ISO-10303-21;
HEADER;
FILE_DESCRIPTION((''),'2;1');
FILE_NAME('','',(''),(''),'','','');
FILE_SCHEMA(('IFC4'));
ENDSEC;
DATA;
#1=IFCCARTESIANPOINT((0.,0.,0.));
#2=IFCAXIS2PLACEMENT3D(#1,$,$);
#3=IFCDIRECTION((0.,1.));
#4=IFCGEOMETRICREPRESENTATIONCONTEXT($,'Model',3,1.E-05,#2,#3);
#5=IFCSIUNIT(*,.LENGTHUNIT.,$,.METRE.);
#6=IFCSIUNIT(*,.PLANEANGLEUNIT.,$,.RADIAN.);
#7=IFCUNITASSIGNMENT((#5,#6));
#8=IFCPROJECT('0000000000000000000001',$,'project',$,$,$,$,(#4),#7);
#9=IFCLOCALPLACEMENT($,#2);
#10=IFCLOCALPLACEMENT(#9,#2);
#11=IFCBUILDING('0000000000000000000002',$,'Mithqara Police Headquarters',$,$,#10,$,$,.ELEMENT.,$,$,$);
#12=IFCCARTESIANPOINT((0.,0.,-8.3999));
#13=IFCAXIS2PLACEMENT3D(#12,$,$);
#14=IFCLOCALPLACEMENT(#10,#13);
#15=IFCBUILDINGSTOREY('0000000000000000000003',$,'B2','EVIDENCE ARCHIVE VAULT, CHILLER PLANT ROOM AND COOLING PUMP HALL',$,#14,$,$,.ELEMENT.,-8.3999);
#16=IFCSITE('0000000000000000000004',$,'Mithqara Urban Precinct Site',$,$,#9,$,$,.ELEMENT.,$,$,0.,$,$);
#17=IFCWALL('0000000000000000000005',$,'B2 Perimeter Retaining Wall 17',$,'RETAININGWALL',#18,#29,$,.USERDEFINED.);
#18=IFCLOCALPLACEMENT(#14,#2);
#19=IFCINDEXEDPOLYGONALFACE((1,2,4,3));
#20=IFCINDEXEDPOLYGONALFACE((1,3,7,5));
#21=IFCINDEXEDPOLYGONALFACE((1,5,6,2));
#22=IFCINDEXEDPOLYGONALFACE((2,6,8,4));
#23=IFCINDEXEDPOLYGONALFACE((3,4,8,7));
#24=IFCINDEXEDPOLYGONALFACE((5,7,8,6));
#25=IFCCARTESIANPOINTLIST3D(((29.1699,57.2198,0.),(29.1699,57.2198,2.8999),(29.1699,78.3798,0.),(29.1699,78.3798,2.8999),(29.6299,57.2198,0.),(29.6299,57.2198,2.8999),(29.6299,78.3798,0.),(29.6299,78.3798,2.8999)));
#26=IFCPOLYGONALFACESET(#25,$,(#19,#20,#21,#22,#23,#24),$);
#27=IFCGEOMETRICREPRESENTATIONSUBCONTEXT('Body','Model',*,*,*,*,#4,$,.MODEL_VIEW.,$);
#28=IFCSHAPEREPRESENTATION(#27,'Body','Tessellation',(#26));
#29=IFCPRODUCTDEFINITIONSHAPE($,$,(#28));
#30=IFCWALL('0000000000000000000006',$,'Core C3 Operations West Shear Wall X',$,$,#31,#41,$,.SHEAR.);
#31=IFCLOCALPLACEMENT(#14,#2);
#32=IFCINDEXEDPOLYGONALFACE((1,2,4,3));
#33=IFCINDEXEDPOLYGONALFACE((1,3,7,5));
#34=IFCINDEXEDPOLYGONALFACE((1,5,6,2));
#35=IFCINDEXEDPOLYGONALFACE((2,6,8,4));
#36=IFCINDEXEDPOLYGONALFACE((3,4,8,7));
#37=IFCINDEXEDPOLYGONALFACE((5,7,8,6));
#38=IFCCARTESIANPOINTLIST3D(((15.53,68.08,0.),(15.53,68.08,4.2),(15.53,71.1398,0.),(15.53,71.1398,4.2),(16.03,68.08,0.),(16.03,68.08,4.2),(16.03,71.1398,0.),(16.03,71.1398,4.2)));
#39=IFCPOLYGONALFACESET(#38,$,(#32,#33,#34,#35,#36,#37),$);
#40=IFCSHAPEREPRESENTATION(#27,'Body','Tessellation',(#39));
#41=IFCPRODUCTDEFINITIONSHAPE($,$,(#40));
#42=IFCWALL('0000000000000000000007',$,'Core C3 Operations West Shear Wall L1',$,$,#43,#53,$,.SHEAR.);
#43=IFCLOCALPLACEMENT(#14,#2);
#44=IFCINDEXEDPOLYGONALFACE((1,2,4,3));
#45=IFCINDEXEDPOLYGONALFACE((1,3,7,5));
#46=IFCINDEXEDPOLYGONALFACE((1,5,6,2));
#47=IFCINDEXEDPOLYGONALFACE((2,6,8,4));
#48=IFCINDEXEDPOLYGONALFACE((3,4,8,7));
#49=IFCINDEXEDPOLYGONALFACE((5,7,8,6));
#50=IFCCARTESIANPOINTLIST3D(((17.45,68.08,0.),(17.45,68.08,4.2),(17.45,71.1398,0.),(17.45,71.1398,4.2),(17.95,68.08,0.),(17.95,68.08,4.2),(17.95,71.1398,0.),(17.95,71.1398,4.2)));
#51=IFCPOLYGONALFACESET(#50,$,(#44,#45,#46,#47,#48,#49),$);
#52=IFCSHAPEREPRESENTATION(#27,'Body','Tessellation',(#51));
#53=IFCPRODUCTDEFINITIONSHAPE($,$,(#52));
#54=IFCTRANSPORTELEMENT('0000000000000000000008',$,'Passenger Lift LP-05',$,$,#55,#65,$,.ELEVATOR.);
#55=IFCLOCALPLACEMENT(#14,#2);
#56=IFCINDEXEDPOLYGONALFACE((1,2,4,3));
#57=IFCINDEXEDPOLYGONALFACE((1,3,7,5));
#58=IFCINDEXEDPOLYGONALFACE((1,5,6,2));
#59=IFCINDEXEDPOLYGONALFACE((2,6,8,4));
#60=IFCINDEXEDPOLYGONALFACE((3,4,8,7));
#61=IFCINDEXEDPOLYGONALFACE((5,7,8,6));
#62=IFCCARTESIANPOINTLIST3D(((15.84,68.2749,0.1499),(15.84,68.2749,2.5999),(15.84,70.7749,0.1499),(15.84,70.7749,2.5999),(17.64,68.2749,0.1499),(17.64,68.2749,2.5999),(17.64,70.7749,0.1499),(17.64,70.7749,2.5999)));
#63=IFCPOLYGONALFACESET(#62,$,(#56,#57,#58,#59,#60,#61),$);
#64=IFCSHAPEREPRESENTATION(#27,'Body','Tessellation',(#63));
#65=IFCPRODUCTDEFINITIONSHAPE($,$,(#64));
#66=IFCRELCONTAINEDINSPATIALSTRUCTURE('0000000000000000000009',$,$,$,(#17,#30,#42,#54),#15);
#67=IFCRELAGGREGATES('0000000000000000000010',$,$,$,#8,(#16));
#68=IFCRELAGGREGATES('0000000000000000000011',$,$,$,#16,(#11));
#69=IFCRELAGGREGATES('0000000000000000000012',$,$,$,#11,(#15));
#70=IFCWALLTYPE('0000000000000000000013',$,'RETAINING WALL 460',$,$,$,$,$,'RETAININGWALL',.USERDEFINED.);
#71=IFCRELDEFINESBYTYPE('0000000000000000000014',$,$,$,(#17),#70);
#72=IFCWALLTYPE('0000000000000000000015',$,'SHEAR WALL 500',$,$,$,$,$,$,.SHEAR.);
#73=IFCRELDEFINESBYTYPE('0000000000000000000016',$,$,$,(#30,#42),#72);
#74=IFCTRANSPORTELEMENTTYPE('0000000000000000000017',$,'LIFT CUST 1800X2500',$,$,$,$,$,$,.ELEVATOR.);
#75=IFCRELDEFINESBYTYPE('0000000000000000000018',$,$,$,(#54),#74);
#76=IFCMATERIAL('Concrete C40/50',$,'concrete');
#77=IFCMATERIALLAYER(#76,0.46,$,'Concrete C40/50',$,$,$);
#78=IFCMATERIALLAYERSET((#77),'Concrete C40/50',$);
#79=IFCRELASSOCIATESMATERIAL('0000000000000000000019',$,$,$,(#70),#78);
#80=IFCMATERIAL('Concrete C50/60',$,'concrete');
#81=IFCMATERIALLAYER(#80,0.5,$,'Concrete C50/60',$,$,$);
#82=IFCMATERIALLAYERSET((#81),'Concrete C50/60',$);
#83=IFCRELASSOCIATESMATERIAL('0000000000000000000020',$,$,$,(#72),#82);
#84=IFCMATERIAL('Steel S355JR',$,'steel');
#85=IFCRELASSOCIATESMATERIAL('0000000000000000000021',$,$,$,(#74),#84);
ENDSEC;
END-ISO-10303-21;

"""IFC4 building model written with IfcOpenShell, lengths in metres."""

from ifc_helpers import new_model, si_unit, direction, frame, frame_2d, origin, origin_2d, place, context, subcontext, project, spatial, rectangle, extrude, material, layer, layer_set, type_object, element, save


model = new_model("IFC4")

# Units and contexts
model_context = context("Model", 3, precision=1e-05, world=origin(), true_north=direction((0.0, 1.0)))
body_context = subcontext(model_context, "Body", "Model", "MODEL_VIEW")
ifc_project = project(units=[si_unit("LENGTHUNIT", "METRE"), si_unit("PLANEANGLEUNIT", "RADIAN")], contexts=[model_context])

# Site, building, storey
site_placement = place(None, origin())
site = spatial("IfcSite", under=ifc_project, at=site_placement, Name="Mithqara Urban Precinct Site", CompositionType="ELEMENT", RefElevation=0.0)
building_placement = place(site_placement, origin())
building = spatial("IfcBuilding", under=site, at=building_placement, Name="Mithqara Police Headquarters", CompositionType="ELEMENT")
storey_placement = place(building_placement, frame((0.0, 0.0, -8.3999)))
storey = spatial("IfcBuildingStorey", under=building, at=storey_placement, Name="B2", Description="EVIDENCE ARCHIVE VAULT, CHILLER PLANT ROOM AND COOLING PUMP HALL", CompositionType="ELEMENT", Elevation=-8.3999)

# Shared definitions
ifc_material_1 = material(Name="Concrete C40/50", Category="concrete")

# Shared definitions
ifc_material_2 = material(Name="Concrete C50/60", Category="concrete")

# Shared definitions
ifc_material_3 = material(Name="Steel S355JR", Category="steel")

# Walls
ifc_layer_1 = layer(ifc_material_1, 0.46, Name="Concrete C40/50")
ifc_layer_set_1 = layer_set([ifc_layer_1], Name="Concrete C40/50")
wall_type_1 = type_object("IfcWallType", Name="RETAINING WALL 460", ElementType="RETAININGWALL", PredefinedType="USERDEFINED", material=ifc_layer_set_1)
wall_placement = place(storey_placement, frame((29.3999, 78.3799, 0.0), z_axis=(0.0, 0.0, 1.0), x_axis=(0.0, -1.0, 0.0)))
element("IfcWall", 1, at=wall_placement, inside=storey, type_object=wall_type_1, Name="B2 Perimeter Retaining Wall 17", ObjectType="RETAININGWALL", PredefinedType="USERDEFINED", context=body_context, shape_type="SweptSolid", body=[
    extrude(rectangle(XDim=21.1599, YDim=0.46, at=frame_2d((10.5801, 0.0))), origin(), (0.0, 0.0, 1.0), 2.8999),
])
ifc_layer_2 = layer(ifc_material_2, 0.5, Name="Concrete C50/60")
ifc_layer_set_2 = layer_set([ifc_layer_2], Name="Concrete C50/60")
wall_type_2 = type_object("IfcWallType", Name="SHEAR WALL 500", PredefinedType="SHEAR", material=ifc_layer_set_2)
for number, where, z_axis, x_axis, name in (
    (2, (15.78, 68.0801, 0.0), (0.0, 0.0, 1.0), (0.0, 1.0, 0.0), "Core C3 Operations West Shear Wall X"),
    (3, (17.7, 68.0801, 0.0), (0.0, 0.0, 1.0), (0.0, 1.0, 0.0), "Core C3 Operations West Shear Wall L1"),
):
    element("IfcWall", number, at=place(storey_placement, frame(where, z_axis=z_axis, x_axis=x_axis)), inside=storey, type_object=wall_type_2, Name=name, PredefinedType="SHEAR", context=body_context, shape_type="SweptSolid", body=[
        extrude(rectangle(XDim=3.0598, YDim=0.5, at=frame_2d((1.5298, 0.0))), origin(), (0.0, 0.0, 1.0), 4.2),
    ])

# Transport element
transport_element_type = type_object("IfcTransportElementType", Name="LIFT CUST 1800X2500", PredefinedType="ELEVATOR", material=ifc_material_3)
transport_element_placement = place(storey_placement, frame((16.74, 69.5249, 0.1499), z_axis=(0.0, 0.0, 1.0), x_axis=(1.0, 0.0, 0.0)))
element("IfcTransportElement", 4, at=transport_element_placement, inside=storey, type_object=transport_element_type, Name="Passenger Lift LP-05", PredefinedType="ELEVATOR", context=body_context, shape_type="SweptSolid", body=[
    extrude(rectangle(XDim=1.8, YDim=2.5, at=origin_2d()), origin(), (0.0, 0.0, 1.0), 2.45),
])

save(model, "model.ifc")
